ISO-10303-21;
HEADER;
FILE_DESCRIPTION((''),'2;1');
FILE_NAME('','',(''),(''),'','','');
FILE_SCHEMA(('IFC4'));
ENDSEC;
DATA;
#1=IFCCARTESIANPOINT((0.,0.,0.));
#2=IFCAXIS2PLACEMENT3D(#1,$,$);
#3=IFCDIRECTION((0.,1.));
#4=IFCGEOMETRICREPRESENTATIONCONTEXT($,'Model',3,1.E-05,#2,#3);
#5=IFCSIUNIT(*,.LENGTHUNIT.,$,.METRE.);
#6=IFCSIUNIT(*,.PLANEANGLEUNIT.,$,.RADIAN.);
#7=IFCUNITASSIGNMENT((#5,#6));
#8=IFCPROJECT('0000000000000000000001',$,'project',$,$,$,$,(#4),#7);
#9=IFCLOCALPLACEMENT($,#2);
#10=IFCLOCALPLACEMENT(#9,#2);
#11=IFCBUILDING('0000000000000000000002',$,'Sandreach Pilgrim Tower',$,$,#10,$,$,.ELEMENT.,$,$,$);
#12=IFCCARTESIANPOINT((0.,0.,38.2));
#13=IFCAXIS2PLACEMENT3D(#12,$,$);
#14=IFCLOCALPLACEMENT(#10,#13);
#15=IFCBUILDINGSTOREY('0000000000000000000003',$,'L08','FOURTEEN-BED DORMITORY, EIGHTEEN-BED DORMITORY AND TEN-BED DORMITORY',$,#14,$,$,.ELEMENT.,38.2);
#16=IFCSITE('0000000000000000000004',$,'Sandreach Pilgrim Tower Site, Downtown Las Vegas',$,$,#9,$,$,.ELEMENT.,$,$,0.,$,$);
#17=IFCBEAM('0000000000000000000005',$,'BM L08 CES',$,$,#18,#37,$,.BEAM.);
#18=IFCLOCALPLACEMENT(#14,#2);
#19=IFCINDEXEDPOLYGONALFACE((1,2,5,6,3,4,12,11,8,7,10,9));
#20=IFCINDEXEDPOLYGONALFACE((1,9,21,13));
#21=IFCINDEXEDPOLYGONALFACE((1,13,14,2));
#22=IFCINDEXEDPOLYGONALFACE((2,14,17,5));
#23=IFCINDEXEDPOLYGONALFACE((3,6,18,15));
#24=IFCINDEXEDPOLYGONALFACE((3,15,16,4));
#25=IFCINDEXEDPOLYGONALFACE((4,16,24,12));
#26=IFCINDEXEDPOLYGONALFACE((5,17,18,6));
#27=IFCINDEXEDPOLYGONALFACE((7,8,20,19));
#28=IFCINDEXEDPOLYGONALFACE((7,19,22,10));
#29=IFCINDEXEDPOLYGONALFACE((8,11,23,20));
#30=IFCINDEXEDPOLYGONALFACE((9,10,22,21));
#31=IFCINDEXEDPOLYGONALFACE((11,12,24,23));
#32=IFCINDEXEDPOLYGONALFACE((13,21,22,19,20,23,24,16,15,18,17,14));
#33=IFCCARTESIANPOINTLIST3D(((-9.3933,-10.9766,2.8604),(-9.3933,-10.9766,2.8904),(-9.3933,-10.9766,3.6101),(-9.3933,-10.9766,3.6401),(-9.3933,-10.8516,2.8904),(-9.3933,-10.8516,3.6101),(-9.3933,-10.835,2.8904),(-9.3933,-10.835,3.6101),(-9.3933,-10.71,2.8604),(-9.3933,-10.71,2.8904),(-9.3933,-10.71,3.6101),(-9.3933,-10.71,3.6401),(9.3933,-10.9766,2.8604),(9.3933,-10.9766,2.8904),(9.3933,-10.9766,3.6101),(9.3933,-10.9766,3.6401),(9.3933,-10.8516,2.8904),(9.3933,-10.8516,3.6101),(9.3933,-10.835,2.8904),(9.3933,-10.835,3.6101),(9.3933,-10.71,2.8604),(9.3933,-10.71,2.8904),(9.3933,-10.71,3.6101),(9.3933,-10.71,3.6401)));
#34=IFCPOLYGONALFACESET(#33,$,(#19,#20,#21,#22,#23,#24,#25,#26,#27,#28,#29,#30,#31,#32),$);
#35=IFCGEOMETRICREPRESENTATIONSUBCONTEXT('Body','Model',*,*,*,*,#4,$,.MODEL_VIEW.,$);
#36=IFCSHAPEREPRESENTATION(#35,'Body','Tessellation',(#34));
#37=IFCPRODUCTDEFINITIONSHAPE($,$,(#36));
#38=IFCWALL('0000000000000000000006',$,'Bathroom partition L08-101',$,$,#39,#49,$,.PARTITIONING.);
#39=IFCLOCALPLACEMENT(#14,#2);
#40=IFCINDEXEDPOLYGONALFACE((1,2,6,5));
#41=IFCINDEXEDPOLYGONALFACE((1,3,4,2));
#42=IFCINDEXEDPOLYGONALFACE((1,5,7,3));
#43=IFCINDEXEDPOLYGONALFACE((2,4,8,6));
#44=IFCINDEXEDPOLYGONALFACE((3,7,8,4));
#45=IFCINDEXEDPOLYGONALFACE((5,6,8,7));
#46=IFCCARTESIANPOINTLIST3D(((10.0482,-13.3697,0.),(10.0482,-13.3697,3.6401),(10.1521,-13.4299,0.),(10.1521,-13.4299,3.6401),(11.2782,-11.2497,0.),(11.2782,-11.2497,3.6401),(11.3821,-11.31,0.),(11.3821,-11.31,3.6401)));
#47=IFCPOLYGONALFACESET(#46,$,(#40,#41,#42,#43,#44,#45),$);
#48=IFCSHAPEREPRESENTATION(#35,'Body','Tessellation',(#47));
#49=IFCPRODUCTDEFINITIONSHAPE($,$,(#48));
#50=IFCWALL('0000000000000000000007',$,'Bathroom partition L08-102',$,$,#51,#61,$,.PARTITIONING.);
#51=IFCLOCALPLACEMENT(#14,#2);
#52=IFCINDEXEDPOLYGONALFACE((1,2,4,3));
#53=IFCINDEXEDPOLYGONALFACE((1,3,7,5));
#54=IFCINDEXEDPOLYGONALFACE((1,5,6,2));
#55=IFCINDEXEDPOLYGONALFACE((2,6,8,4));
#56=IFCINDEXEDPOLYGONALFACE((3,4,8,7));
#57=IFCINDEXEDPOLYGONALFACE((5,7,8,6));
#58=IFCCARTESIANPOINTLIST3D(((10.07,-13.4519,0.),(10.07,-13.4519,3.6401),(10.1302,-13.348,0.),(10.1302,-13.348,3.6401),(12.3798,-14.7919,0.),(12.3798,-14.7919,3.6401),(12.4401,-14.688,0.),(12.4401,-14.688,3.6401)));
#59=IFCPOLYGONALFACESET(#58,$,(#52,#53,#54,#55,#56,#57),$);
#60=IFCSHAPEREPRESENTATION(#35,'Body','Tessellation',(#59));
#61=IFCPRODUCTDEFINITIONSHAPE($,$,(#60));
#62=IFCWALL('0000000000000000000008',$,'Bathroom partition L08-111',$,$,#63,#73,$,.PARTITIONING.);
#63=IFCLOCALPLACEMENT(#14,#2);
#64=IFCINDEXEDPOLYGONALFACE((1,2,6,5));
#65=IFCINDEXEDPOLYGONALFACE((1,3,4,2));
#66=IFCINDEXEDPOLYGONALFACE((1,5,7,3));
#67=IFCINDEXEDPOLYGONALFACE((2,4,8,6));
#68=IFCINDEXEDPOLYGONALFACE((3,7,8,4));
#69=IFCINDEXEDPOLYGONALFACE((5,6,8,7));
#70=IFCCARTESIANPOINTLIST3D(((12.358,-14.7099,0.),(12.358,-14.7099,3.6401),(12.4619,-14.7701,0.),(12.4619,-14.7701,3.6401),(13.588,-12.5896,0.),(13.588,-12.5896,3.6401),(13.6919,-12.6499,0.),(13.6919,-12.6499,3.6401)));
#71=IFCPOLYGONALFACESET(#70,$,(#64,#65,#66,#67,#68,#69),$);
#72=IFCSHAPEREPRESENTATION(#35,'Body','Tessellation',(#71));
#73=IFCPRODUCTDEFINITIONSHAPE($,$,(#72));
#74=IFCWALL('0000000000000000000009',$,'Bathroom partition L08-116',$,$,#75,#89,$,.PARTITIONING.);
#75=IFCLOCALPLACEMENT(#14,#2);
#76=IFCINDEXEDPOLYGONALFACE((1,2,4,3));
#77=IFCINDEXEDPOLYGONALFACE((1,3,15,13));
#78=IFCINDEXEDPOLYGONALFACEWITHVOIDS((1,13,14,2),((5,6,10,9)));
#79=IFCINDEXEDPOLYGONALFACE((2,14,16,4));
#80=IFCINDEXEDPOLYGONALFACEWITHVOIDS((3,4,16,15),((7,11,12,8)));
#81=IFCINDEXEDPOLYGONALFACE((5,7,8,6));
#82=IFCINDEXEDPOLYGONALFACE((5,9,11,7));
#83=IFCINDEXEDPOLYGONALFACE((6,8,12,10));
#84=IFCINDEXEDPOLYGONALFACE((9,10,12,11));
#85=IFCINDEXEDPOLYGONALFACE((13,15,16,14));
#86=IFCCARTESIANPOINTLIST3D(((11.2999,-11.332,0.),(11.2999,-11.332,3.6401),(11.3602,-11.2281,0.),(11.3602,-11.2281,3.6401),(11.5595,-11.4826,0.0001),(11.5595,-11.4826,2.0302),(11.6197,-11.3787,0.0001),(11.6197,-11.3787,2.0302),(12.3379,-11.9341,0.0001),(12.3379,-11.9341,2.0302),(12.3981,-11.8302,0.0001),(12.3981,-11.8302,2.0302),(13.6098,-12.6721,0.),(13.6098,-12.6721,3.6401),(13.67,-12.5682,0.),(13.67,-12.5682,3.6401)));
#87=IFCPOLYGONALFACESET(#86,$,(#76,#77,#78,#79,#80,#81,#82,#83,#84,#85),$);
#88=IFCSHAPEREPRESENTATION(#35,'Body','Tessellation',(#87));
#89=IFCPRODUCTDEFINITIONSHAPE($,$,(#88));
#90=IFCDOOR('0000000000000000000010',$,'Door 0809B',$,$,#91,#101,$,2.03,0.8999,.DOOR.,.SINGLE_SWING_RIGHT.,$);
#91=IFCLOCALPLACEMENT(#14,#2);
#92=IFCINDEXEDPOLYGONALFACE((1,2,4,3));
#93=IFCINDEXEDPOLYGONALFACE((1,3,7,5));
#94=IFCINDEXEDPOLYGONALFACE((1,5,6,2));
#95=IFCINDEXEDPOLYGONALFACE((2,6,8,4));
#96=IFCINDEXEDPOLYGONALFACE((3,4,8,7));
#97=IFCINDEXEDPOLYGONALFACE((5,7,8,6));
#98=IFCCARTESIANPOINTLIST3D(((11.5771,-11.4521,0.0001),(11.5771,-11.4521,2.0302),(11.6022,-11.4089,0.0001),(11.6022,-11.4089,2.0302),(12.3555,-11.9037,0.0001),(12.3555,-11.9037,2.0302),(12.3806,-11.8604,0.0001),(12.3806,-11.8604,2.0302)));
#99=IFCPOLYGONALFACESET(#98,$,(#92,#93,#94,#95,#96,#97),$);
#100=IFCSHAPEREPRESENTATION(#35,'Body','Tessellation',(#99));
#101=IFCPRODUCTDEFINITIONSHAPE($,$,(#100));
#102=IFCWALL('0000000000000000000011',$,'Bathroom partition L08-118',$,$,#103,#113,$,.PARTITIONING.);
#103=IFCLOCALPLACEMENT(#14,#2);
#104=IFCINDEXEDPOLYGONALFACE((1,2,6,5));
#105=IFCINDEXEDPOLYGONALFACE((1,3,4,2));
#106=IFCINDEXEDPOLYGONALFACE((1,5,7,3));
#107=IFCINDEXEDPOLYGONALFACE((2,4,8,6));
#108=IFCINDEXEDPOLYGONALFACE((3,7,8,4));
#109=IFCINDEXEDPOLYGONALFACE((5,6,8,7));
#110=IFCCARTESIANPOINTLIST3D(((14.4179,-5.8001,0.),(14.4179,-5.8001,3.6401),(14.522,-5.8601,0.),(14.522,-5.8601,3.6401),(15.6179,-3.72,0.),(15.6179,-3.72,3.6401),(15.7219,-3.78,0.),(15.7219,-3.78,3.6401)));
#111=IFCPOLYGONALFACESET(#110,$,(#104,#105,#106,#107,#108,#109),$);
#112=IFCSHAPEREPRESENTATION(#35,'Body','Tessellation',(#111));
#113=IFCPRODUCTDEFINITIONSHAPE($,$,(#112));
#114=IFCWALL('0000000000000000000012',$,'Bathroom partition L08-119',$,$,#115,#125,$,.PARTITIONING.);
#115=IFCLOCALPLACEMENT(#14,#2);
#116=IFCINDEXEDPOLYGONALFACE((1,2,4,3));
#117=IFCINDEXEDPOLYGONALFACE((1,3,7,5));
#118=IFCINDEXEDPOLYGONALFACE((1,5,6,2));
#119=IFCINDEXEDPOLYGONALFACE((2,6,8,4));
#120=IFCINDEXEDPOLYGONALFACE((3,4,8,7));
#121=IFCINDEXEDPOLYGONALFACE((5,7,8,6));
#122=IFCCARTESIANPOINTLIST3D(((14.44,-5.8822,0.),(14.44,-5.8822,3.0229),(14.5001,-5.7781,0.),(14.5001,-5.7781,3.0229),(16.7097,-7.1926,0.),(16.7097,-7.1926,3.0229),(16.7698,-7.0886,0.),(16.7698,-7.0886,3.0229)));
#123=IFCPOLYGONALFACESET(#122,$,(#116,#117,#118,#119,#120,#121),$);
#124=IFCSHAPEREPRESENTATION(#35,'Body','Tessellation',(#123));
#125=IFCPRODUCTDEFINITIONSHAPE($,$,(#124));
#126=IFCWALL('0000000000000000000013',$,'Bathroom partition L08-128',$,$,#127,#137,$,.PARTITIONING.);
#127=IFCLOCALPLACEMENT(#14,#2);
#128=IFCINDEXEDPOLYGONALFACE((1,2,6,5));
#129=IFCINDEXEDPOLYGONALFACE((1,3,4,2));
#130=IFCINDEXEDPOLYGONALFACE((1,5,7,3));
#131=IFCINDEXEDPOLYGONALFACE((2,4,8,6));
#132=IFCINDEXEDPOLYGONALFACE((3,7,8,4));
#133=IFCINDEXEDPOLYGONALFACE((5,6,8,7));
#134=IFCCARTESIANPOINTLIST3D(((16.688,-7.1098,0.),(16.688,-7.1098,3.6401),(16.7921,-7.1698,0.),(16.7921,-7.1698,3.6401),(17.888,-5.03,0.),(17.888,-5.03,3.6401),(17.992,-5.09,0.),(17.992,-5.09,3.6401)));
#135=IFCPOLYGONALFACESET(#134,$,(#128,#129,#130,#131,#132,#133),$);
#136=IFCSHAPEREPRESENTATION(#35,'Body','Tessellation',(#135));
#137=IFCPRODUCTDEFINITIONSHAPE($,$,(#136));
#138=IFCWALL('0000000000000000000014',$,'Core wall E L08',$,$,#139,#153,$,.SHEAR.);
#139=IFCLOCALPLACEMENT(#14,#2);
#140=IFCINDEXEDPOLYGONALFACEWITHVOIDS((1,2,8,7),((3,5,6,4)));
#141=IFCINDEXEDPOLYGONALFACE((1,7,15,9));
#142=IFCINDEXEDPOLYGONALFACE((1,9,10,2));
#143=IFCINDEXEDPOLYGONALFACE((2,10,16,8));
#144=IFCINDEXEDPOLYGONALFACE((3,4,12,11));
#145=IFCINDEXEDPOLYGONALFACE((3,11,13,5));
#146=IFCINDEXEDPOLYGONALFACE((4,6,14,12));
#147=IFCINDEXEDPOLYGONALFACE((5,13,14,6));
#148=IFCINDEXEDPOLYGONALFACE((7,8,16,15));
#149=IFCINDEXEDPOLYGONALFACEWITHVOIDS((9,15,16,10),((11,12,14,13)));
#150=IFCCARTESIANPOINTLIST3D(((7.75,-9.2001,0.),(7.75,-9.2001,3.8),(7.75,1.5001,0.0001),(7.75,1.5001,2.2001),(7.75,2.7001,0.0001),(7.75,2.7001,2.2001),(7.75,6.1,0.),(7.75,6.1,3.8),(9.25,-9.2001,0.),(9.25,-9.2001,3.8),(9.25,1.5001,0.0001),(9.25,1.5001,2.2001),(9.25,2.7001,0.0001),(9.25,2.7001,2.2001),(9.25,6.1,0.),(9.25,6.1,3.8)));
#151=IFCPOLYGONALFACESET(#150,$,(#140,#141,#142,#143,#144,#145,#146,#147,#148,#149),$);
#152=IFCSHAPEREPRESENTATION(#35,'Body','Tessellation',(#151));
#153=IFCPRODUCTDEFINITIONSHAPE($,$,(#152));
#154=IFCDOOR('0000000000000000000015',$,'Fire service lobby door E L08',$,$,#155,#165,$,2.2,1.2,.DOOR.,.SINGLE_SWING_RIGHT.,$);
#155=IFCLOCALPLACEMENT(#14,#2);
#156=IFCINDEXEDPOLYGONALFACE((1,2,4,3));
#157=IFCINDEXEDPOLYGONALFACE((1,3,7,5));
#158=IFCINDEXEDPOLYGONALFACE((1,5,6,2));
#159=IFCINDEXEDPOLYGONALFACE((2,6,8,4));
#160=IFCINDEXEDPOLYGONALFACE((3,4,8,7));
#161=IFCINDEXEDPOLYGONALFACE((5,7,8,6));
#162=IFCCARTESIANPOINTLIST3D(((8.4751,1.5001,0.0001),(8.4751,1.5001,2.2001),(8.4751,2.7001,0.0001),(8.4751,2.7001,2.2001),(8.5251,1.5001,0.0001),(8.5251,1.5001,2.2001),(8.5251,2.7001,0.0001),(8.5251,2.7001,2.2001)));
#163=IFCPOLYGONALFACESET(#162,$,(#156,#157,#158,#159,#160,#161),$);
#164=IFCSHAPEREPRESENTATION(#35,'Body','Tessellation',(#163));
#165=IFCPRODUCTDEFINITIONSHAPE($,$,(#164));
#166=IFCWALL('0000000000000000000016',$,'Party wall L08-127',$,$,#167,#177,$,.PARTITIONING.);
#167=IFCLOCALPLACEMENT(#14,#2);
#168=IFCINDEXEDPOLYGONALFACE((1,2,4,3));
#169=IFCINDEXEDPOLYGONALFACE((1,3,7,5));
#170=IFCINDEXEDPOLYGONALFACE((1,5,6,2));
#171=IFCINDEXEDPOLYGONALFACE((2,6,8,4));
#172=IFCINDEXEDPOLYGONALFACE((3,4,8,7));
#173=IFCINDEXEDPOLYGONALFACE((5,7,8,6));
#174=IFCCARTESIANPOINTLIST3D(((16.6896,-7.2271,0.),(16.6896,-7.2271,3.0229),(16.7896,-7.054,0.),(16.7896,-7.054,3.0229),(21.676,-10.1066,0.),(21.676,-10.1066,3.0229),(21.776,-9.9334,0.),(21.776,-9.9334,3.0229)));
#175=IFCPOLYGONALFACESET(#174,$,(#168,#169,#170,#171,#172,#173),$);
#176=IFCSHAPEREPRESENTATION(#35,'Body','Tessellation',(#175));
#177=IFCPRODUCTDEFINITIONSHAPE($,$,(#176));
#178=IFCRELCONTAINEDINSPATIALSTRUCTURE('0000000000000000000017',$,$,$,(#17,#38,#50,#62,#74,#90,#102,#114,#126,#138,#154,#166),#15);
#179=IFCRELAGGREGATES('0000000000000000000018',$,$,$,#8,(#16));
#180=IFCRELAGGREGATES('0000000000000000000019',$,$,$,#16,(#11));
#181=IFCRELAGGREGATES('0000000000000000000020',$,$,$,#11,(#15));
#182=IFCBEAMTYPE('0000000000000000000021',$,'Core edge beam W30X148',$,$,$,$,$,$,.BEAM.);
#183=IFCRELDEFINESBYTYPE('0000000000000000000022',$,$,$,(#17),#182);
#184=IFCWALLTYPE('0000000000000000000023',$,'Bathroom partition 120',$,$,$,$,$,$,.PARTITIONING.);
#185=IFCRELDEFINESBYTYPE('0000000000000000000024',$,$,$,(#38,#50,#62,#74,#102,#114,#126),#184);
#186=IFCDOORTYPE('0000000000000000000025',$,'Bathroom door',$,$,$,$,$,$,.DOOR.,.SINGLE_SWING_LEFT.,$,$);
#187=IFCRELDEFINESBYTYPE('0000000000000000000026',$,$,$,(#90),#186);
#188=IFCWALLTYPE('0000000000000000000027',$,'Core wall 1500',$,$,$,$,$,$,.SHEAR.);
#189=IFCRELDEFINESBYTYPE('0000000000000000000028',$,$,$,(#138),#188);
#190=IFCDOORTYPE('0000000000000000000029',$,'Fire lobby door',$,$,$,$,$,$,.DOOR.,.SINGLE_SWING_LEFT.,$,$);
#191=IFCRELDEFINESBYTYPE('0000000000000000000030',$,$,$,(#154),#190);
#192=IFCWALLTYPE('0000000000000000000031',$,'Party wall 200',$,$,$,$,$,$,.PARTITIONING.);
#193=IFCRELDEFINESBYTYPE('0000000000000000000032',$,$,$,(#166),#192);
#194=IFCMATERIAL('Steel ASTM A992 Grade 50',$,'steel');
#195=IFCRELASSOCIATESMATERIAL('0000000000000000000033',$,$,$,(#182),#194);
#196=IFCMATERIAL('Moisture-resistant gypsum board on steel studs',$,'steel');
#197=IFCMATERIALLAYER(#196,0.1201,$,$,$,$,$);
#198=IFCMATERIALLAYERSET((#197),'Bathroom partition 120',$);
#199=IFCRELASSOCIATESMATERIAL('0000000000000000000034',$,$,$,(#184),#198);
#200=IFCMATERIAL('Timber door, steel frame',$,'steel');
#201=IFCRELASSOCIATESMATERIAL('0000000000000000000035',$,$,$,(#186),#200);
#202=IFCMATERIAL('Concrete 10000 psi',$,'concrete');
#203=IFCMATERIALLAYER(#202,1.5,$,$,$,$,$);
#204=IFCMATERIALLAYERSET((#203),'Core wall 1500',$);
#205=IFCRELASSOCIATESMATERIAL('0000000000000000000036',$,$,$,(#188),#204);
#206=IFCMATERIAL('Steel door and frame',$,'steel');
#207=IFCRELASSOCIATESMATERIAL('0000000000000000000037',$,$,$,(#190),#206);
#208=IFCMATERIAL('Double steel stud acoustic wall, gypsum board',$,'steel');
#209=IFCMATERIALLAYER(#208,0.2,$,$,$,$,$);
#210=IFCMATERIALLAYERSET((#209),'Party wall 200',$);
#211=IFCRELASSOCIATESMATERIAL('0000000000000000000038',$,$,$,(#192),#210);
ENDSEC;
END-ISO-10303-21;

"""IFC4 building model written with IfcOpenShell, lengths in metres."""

from ifc_helpers import new_model, si_unit, direction, frame, frame_2d, origin, origin_2d, place, context, subcontext, project, spatial, rectangle, i_section, extrude, material, layer, layer_set, material_profile, profile_set, type_object, element, fill, save


model = new_model("IFC4")

# Units and contexts
model_context = context("Model", 3, precision=1e-05, world=origin(), true_north=direction((0.0, 1.0)))
body_context = subcontext(model_context, "Body", "Model", "MODEL_VIEW")
ifc_project = project(units=[si_unit("LENGTHUNIT", "METRE"), si_unit("PLANEANGLEUNIT", "RADIAN")], contexts=[model_context])

# Site, building, storey
site_placement = place(None, origin())
site = spatial("IfcSite", under=ifc_project, at=site_placement, Name="Sandreach Pilgrim Tower Site, Downtown Las Vegas", CompositionType="ELEMENT", RefElevation=0.0)
building_placement = place(site_placement, origin())
building = spatial("IfcBuilding", under=site, at=building_placement, Name="Sandreach Pilgrim Tower", CompositionType="ELEMENT")
storey_placement = place(building_placement, frame((0.0, 0.0, 38.2)))
storey = spatial("IfcBuildingStorey", under=building, at=storey_placement, Name="L08", Description="FOURTEEN-BED DORMITORY, EIGHTEEN-BED DORMITORY AND TEN-BED DORMITORY", CompositionType="ELEMENT", Elevation=38.2)

# Beam
ifc_material_1 = material(Name="Steel ASTM A992 Grade 50", Category="steel")
ifc_material_profile = material_profile(ifc_material_1, i_section(OverallWidth=0.2666, OverallDepth=0.7798, WebThickness=0.0166, FlangeThickness=0.03, at=origin_2d()), Name="W30X148")
ifc_profile_set = profile_set([ifc_material_profile], Name="Steel ASTM A992 Grade 50")
beam_type = type_object("IfcBeamType", Name="Core edge beam W30X148", PredefinedType="BEAM", material=ifc_profile_set)
beam_placement = place(storey_placement, frame((9.3933, -10.8433, 3.2502), z_axis=(-1.0, 0.0, 0.0), x_axis=(0.0, -1.0, 0.0)))
element("IfcBeam", 1, at=beam_placement, inside=storey, type_object=beam_type, Name="BM L08 CES", PredefinedType="BEAM", context=body_context, shape_type="SweptSolid", body=[
    extrude(i_section(OverallWidth=0.2666, OverallDepth=0.7798, WebThickness=0.0166, FlangeThickness=0.03, at=origin_2d()), origin(), (0.0, 0.0, 1.0), 18.7866),
])

# Walls
ifc_material_2 = material(Name="Moisture-resistant gypsum board on steel studs", Category="steel")
ifc_layer_1 = layer(ifc_material_2, 0.1201)
ifc_layer_set_1 = layer_set([ifc_layer_1], Name="Bathroom partition 120")
wall_type_1 = type_object("IfcWallType", Name="Bathroom partition 120", PredefinedType="PARTITIONING", material=ifc_layer_set_1)
wall_1_placement = place(storey_placement, frame((10.1001, -13.3999, 0.0), z_axis=(0.0, 0.0, 1.0), x_axis=(0.501857, 0.864951, 0.0)))
element("IfcWall", 2, at=wall_1_placement, inside=storey, type_object=wall_type_1, Name="Bathroom partition L08-101", PredefinedType="PARTITIONING", context=body_context, shape_type="SweptSolid", body=[
    extrude(rectangle(XDim=2.4509, YDim=0.1201, at=frame_2d((1.2256, 0.0))), origin(), (0.0, 0.0, 1.0), 3.6401),
])
wall_2_placement = place(storey_placement, frame((10.1001, -13.3999, 0.0), z_axis=(0.0, 0.0, 1.0), x_axis=(0.864967, -0.501829, 0.0)))
element("IfcWall", 3, at=wall_2_placement, inside=storey, type_object=wall_type_1, Name="Bathroom partition L08-102", PredefinedType="PARTITIONING", context=body_context, shape_type="SweptSolid", body=[
    extrude(rectangle(XDim=2.6704, YDim=0.1201, at=frame_2d((1.3352, 0.0))), origin(), (0.0, 0.0, 1.0), 3.6401),
])
wall_3_placement = place(storey_placement, frame((12.4099, -14.74, 0.0), z_axis=(0.0, 0.0, 1.0), x_axis=(0.501813, 0.864976, 0.0)))
element("IfcWall", 4, at=wall_3_placement, inside=storey, type_object=wall_type_1, Name="Bathroom partition L08-111", PredefinedType="PARTITIONING", context=body_context, shape_type="SweptSolid", body=[
    extrude(rectangle(XDim=2.4512, YDim=0.1201, at=frame_2d((1.2256, 0.0))), origin(), (0.0, 0.0, 1.0), 3.6401),
])

# Wall, opening, door
wall_4_placement = place(storey_placement, frame((13.6399, -12.6201, 0.0), z_axis=(0.0, 0.0, 1.0), x_axis=(-0.864967, 0.501829, 0.0)))
wall_4 = element("IfcWall", 5, at=wall_4_placement, inside=storey, type_object=wall_type_1, Name="Bathroom partition L08-116", PredefinedType="PARTITIONING", context=body_context, shape_type="SweptSolid", body=[
    extrude(rectangle(XDim=2.6704, YDim=0.1201, at=frame_2d((1.3352, 0.0))), origin(), (0.0, 0.0, 1.0), 3.6401),
])
opening_1_placement = place(wall_4_placement, frame((1.4705, 0.0, 0.0)))
opening_1 = element("IfcOpeningElement", 6, at=opening_1_placement, cuts=wall_4, PredefinedType="OPENING", context=body_context, shape_type="SweptSolid", body=[
    extrude(rectangle(XDim=0.8999, YDim=2.03, at=frame_2d((0.45, 1.0151))), frame((0.0, 0.0601, 0.0), z_axis=(0.0, -1.0, 0.0), x_axis=(1.0, 0.0, 0.0)), (0.0, 0.0, 1.0), 0.1201),
])
ifc_material_3 = material(Name="Timber door, steel frame", Category="steel")
door_type_1 = type_object("IfcDoorType", Name="Bathroom door", OperationType="SINGLE_SWING_LEFT", PredefinedType="DOOR", material=ifc_material_3)
door_1_placement = place(opening_1_placement, origin())
door_1 = element("IfcDoor", 7, at=door_1_placement, inside=storey, type_object=door_type_1, Name="Door 0809B", OperationType="SINGLE_SWING_RIGHT", OverallHeight=2.03, OverallWidth=0.8999, PredefinedType="DOOR", context=body_context, shape_type="SweptSolid", body=[
    extrude(rectangle(XDim=0.8999, YDim=2.03, at=frame_2d((0.45, 1.0151))), frame((0.0, 0.0249, 0.0), z_axis=(0.0, -1.0, 0.0), x_axis=(1.0, 0.0, 0.0)), (0.0, 0.0, 1.0), 0.05),
])
fill(opening_1, door_1)

# Walls
wall_5_placement = place(storey_placement, frame((14.47, -5.8301, 0.0), z_axis=(0.0, 0.0, 1.0), x_axis=(0.499693, 0.866203, 0.0)))
element("IfcWall", 8, at=wall_5_placement, inside=storey, type_object=wall_type_1, Name="Bathroom partition L08-118", PredefinedType="PARTITIONING", context=body_context, shape_type="SweptSolid", body=[
    extrude(rectangle(XDim=2.4014, YDim=0.1201, at=frame_2d((1.2007, 0.0))), origin(), (0.0, 0.0, 1.0), 3.6401),
])
wall_6_placement = place(storey_placement, frame((14.47, -5.8301, 0.0), z_axis=(0.0, 0.0, 1.0), x_axis=(0.86601, -0.500026, 0.0)))
element("IfcWall", 9, at=wall_6_placement, inside=storey, type_object=wall_type_1, Name="Bathroom partition L08-119", PredefinedType="PARTITIONING", context=body_context, shape_type="SweptSolid", body=[
    extrude(rectangle(XDim=2.6208, YDim=0.1201, at=frame_2d((1.3105, 0.0))), origin(), (0.0, 0.0, 1.0), 3.0229),
])
wall_7_placement = place(storey_placement, frame((16.74, -7.1399, 0.0), z_axis=(0.0, 0.0, 1.0), x_axis=(0.499737, 0.866177, 0.0)))
element("IfcWall", 10, at=wall_7_placement, inside=storey, type_object=wall_type_1, Name="Bathroom partition L08-128", PredefinedType="PARTITIONING", context=body_context, shape_type="SweptSolid", body=[
    extrude(rectangle(XDim=2.4011, YDim=0.1201, at=frame_2d((1.2007, 0.0))), origin(), (0.0, 0.0, 1.0), 3.6401),
])

# Wall, opening, door
ifc_material_4 = material(Name="Concrete 10000 psi", Category="concrete")
ifc_layer_2 = layer(ifc_material_4, 1.5)
ifc_layer_set_2 = layer_set([ifc_layer_2], Name="Core wall 1500")
wall_type_2 = type_object("IfcWallType", Name="Core wall 1500", PredefinedType="SHEAR", material=ifc_layer_set_2)
wall_8_placement = place(storey_placement, frame((8.5, -9.2, 0.0), z_axis=(0.0, 0.0, 1.0), x_axis=(0.0, 1.0, 0.0)))
wall_8 = element("IfcWall", 11, at=wall_8_placement, inside=storey, type_object=wall_type_2, Name="Core wall E L08", PredefinedType="SHEAR", context=body_context, shape_type="SweptSolid", body=[
    extrude(rectangle(XDim=15.3, YDim=1.5, at=frame_2d((7.6499, 0.0))), origin(), (0.0, 0.0, 1.0), 3.8),
])
opening_2_placement = place(wall_8_placement, frame((10.7, 0.0, 0.0)))
opening_2 = element("IfcOpeningElement", 12, at=opening_2_placement, cuts=wall_8, PredefinedType="OPENING", context=body_context, shape_type="SweptSolid", body=[
    extrude(rectangle(XDim=1.2, YDim=2.2, at=frame_2d((0.6001, 1.1001))), frame((0.0, 0.75, 0.0), z_axis=(0.0, -1.0, 0.0), x_axis=(1.0, 0.0, 0.0)), (0.0, 0.0, 1.0), 1.5),
])
ifc_material_5 = material(Name="Steel door and frame", Category="steel")
door_type_2 = type_object("IfcDoorType", Name="Fire lobby door", OperationType="SINGLE_SWING_LEFT", PredefinedType="DOOR", material=ifc_material_5)
door_2_placement = place(opening_2_placement, origin())
door_2 = element("IfcDoor", 13, at=door_2_placement, inside=storey, type_object=door_type_2, Name="Fire service lobby door E L08", OperationType="SINGLE_SWING_RIGHT", OverallHeight=2.2, OverallWidth=1.2, PredefinedType="DOOR", context=body_context, shape_type="SweptSolid", body=[
    extrude(rectangle(XDim=1.2, YDim=2.2, at=frame_2d((0.6001, 1.1001))), frame((0.0, 0.0249, 0.0), z_axis=(0.0, -1.0, 0.0), x_axis=(1.0, 0.0, 0.0)), (0.0, 0.0, 1.0), 0.05),
])
fill(opening_2, door_2)

# Wall
ifc_material_6 = material(Name="Double steel stud acoustic wall, gypsum board", Category="steel")
ifc_layer_3 = layer(ifc_material_6, 0.2)
ifc_layer_set_3 = layer_set([ifc_layer_3], Name="Party wall 200")
wall_type_3 = type_object("IfcWallType", Name="Party wall 200", PredefinedType="PARTITIONING", material=ifc_layer_set_3)
wall_9_placement = place(storey_placement, frame((16.7397, -7.1406, 0.0), z_axis=(0.0, 0.0, 1.0), x_axis=(0.865985, -0.50007, 0.0)))
element("IfcWall", 14, at=wall_9_placement, inside=storey, type_object=wall_type_3, Name="Party wall L08-127", PredefinedType="PARTITIONING", context=body_context, shape_type="SweptSolid", body=[
    extrude(rectangle(XDim=5.7581, YDim=0.2, at=frame_2d((2.8789, 0.0))), origin(), (0.0, 0.0, 1.0), 3.0229),
])

save(model, "model.ifc")
